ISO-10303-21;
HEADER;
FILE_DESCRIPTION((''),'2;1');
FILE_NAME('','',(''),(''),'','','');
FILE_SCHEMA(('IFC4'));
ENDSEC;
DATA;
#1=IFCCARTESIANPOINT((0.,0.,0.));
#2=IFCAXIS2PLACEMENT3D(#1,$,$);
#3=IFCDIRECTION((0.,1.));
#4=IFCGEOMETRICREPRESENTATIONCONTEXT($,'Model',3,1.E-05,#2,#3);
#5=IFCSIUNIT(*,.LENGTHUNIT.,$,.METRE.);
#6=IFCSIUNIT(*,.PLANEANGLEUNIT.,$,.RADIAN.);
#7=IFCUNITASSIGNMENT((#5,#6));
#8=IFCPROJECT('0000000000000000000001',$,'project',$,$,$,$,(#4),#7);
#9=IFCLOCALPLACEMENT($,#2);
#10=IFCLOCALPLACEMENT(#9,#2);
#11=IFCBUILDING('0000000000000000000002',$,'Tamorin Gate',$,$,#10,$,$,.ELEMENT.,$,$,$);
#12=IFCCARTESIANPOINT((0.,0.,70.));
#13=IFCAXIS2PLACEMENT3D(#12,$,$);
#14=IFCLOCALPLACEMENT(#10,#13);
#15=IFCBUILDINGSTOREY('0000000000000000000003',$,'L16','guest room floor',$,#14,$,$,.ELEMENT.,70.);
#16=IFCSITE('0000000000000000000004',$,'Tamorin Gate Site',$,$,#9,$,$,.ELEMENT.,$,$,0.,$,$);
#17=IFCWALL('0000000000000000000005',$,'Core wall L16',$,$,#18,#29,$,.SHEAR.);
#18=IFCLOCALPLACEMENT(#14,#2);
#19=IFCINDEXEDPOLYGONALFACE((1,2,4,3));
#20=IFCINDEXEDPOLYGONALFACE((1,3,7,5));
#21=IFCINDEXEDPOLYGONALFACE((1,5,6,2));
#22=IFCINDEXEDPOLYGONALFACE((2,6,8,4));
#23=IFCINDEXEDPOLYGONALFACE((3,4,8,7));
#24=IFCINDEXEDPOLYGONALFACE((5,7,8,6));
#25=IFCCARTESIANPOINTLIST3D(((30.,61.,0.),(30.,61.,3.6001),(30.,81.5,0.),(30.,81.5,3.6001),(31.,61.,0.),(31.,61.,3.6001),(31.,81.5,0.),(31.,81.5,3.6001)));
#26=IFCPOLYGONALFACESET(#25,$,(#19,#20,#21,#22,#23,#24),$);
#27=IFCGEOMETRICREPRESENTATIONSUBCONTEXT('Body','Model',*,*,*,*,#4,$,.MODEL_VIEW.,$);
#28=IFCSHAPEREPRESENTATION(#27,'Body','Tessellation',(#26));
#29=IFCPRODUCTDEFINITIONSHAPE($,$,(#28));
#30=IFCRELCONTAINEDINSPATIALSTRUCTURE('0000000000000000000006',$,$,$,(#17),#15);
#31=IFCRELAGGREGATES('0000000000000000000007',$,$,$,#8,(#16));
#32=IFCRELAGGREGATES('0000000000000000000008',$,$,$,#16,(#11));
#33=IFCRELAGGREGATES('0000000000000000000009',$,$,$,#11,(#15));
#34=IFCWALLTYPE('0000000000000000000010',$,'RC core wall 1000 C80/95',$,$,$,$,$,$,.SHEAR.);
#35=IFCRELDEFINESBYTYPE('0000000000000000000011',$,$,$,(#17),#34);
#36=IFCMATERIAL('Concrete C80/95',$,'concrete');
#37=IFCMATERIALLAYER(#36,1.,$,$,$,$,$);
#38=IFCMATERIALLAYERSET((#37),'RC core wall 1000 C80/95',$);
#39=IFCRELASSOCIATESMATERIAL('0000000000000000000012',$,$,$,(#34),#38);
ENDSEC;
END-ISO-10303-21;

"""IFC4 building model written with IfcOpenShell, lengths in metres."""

from ifc_helpers import new_model, si_unit, direction, frame, frame_2d, origin, place, context, subcontext, project, spatial, rectangle, extrude, material, layer, layer_set, type_object, element, save


model = new_model("IFC4")

# Units and contexts
model_context = context("Model", 3, precision=1e-05, world=origin(), true_north=direction((0.0, 1.0)))
body_context = subcontext(model_context, "Body", "Model", "MODEL_VIEW")
ifc_project = project(units=[si_unit("LENGTHUNIT", "METRE"), si_unit("PLANEANGLEUNIT", "RADIAN")], contexts=[model_context])

# Site, building, storey
site_placement = place(None, origin())
site = spatial("IfcSite", under=ifc_project, at=site_placement, Name="Tamorin Gate Site", CompositionType="ELEMENT", RefElevation=0.0)
building_placement = place(site_placement, origin())
building = spatial("IfcBuilding", under=site, at=building_placement, Name="Tamorin Gate", CompositionType="ELEMENT")
storey_placement = place(building_placement, frame((0.0, 0.0, 70.0)))
storey = spatial("IfcBuildingStorey", under=building, at=storey_placement, Name="L16", Description="guest room floor", CompositionType="ELEMENT", Elevation=70.0)

# Shared definitions
ifc_material_1 = material(Name="Concrete C80/95", Category="concrete")

# Shared definitions
ifc_layer_1 = layer(ifc_material_1, 1.0)
ifc_layer_set_1 = layer_set([ifc_layer_1], Name="RC core wall 1000 C80/95")
wall_type_1 = type_object("IfcWallType", Name="RC core wall 1000 C80/95", PredefinedType="SHEAR", material=ifc_layer_set_1)

# Wall
wall_1_placement = place(storey_placement, frame((30.5, 61.0, 0.0), z_axis=(0.0, 0.0, 1.0), x_axis=(0.0, 1.0, 0.0)))
element("IfcWall", 1, at=wall_1_placement, inside=storey, type_object=wall_type_1, Name="Core wall L16", PredefinedType="SHEAR", context=body_context, shape_type="SweptSolid", body=[
    extrude(rectangle(XDim=20.5, YDim=1.0, at=frame_2d((10.25, 0.0))), origin(), (0.0, 0.0, 1.0), 3.6001),
])

save(model, "model.ifc")
